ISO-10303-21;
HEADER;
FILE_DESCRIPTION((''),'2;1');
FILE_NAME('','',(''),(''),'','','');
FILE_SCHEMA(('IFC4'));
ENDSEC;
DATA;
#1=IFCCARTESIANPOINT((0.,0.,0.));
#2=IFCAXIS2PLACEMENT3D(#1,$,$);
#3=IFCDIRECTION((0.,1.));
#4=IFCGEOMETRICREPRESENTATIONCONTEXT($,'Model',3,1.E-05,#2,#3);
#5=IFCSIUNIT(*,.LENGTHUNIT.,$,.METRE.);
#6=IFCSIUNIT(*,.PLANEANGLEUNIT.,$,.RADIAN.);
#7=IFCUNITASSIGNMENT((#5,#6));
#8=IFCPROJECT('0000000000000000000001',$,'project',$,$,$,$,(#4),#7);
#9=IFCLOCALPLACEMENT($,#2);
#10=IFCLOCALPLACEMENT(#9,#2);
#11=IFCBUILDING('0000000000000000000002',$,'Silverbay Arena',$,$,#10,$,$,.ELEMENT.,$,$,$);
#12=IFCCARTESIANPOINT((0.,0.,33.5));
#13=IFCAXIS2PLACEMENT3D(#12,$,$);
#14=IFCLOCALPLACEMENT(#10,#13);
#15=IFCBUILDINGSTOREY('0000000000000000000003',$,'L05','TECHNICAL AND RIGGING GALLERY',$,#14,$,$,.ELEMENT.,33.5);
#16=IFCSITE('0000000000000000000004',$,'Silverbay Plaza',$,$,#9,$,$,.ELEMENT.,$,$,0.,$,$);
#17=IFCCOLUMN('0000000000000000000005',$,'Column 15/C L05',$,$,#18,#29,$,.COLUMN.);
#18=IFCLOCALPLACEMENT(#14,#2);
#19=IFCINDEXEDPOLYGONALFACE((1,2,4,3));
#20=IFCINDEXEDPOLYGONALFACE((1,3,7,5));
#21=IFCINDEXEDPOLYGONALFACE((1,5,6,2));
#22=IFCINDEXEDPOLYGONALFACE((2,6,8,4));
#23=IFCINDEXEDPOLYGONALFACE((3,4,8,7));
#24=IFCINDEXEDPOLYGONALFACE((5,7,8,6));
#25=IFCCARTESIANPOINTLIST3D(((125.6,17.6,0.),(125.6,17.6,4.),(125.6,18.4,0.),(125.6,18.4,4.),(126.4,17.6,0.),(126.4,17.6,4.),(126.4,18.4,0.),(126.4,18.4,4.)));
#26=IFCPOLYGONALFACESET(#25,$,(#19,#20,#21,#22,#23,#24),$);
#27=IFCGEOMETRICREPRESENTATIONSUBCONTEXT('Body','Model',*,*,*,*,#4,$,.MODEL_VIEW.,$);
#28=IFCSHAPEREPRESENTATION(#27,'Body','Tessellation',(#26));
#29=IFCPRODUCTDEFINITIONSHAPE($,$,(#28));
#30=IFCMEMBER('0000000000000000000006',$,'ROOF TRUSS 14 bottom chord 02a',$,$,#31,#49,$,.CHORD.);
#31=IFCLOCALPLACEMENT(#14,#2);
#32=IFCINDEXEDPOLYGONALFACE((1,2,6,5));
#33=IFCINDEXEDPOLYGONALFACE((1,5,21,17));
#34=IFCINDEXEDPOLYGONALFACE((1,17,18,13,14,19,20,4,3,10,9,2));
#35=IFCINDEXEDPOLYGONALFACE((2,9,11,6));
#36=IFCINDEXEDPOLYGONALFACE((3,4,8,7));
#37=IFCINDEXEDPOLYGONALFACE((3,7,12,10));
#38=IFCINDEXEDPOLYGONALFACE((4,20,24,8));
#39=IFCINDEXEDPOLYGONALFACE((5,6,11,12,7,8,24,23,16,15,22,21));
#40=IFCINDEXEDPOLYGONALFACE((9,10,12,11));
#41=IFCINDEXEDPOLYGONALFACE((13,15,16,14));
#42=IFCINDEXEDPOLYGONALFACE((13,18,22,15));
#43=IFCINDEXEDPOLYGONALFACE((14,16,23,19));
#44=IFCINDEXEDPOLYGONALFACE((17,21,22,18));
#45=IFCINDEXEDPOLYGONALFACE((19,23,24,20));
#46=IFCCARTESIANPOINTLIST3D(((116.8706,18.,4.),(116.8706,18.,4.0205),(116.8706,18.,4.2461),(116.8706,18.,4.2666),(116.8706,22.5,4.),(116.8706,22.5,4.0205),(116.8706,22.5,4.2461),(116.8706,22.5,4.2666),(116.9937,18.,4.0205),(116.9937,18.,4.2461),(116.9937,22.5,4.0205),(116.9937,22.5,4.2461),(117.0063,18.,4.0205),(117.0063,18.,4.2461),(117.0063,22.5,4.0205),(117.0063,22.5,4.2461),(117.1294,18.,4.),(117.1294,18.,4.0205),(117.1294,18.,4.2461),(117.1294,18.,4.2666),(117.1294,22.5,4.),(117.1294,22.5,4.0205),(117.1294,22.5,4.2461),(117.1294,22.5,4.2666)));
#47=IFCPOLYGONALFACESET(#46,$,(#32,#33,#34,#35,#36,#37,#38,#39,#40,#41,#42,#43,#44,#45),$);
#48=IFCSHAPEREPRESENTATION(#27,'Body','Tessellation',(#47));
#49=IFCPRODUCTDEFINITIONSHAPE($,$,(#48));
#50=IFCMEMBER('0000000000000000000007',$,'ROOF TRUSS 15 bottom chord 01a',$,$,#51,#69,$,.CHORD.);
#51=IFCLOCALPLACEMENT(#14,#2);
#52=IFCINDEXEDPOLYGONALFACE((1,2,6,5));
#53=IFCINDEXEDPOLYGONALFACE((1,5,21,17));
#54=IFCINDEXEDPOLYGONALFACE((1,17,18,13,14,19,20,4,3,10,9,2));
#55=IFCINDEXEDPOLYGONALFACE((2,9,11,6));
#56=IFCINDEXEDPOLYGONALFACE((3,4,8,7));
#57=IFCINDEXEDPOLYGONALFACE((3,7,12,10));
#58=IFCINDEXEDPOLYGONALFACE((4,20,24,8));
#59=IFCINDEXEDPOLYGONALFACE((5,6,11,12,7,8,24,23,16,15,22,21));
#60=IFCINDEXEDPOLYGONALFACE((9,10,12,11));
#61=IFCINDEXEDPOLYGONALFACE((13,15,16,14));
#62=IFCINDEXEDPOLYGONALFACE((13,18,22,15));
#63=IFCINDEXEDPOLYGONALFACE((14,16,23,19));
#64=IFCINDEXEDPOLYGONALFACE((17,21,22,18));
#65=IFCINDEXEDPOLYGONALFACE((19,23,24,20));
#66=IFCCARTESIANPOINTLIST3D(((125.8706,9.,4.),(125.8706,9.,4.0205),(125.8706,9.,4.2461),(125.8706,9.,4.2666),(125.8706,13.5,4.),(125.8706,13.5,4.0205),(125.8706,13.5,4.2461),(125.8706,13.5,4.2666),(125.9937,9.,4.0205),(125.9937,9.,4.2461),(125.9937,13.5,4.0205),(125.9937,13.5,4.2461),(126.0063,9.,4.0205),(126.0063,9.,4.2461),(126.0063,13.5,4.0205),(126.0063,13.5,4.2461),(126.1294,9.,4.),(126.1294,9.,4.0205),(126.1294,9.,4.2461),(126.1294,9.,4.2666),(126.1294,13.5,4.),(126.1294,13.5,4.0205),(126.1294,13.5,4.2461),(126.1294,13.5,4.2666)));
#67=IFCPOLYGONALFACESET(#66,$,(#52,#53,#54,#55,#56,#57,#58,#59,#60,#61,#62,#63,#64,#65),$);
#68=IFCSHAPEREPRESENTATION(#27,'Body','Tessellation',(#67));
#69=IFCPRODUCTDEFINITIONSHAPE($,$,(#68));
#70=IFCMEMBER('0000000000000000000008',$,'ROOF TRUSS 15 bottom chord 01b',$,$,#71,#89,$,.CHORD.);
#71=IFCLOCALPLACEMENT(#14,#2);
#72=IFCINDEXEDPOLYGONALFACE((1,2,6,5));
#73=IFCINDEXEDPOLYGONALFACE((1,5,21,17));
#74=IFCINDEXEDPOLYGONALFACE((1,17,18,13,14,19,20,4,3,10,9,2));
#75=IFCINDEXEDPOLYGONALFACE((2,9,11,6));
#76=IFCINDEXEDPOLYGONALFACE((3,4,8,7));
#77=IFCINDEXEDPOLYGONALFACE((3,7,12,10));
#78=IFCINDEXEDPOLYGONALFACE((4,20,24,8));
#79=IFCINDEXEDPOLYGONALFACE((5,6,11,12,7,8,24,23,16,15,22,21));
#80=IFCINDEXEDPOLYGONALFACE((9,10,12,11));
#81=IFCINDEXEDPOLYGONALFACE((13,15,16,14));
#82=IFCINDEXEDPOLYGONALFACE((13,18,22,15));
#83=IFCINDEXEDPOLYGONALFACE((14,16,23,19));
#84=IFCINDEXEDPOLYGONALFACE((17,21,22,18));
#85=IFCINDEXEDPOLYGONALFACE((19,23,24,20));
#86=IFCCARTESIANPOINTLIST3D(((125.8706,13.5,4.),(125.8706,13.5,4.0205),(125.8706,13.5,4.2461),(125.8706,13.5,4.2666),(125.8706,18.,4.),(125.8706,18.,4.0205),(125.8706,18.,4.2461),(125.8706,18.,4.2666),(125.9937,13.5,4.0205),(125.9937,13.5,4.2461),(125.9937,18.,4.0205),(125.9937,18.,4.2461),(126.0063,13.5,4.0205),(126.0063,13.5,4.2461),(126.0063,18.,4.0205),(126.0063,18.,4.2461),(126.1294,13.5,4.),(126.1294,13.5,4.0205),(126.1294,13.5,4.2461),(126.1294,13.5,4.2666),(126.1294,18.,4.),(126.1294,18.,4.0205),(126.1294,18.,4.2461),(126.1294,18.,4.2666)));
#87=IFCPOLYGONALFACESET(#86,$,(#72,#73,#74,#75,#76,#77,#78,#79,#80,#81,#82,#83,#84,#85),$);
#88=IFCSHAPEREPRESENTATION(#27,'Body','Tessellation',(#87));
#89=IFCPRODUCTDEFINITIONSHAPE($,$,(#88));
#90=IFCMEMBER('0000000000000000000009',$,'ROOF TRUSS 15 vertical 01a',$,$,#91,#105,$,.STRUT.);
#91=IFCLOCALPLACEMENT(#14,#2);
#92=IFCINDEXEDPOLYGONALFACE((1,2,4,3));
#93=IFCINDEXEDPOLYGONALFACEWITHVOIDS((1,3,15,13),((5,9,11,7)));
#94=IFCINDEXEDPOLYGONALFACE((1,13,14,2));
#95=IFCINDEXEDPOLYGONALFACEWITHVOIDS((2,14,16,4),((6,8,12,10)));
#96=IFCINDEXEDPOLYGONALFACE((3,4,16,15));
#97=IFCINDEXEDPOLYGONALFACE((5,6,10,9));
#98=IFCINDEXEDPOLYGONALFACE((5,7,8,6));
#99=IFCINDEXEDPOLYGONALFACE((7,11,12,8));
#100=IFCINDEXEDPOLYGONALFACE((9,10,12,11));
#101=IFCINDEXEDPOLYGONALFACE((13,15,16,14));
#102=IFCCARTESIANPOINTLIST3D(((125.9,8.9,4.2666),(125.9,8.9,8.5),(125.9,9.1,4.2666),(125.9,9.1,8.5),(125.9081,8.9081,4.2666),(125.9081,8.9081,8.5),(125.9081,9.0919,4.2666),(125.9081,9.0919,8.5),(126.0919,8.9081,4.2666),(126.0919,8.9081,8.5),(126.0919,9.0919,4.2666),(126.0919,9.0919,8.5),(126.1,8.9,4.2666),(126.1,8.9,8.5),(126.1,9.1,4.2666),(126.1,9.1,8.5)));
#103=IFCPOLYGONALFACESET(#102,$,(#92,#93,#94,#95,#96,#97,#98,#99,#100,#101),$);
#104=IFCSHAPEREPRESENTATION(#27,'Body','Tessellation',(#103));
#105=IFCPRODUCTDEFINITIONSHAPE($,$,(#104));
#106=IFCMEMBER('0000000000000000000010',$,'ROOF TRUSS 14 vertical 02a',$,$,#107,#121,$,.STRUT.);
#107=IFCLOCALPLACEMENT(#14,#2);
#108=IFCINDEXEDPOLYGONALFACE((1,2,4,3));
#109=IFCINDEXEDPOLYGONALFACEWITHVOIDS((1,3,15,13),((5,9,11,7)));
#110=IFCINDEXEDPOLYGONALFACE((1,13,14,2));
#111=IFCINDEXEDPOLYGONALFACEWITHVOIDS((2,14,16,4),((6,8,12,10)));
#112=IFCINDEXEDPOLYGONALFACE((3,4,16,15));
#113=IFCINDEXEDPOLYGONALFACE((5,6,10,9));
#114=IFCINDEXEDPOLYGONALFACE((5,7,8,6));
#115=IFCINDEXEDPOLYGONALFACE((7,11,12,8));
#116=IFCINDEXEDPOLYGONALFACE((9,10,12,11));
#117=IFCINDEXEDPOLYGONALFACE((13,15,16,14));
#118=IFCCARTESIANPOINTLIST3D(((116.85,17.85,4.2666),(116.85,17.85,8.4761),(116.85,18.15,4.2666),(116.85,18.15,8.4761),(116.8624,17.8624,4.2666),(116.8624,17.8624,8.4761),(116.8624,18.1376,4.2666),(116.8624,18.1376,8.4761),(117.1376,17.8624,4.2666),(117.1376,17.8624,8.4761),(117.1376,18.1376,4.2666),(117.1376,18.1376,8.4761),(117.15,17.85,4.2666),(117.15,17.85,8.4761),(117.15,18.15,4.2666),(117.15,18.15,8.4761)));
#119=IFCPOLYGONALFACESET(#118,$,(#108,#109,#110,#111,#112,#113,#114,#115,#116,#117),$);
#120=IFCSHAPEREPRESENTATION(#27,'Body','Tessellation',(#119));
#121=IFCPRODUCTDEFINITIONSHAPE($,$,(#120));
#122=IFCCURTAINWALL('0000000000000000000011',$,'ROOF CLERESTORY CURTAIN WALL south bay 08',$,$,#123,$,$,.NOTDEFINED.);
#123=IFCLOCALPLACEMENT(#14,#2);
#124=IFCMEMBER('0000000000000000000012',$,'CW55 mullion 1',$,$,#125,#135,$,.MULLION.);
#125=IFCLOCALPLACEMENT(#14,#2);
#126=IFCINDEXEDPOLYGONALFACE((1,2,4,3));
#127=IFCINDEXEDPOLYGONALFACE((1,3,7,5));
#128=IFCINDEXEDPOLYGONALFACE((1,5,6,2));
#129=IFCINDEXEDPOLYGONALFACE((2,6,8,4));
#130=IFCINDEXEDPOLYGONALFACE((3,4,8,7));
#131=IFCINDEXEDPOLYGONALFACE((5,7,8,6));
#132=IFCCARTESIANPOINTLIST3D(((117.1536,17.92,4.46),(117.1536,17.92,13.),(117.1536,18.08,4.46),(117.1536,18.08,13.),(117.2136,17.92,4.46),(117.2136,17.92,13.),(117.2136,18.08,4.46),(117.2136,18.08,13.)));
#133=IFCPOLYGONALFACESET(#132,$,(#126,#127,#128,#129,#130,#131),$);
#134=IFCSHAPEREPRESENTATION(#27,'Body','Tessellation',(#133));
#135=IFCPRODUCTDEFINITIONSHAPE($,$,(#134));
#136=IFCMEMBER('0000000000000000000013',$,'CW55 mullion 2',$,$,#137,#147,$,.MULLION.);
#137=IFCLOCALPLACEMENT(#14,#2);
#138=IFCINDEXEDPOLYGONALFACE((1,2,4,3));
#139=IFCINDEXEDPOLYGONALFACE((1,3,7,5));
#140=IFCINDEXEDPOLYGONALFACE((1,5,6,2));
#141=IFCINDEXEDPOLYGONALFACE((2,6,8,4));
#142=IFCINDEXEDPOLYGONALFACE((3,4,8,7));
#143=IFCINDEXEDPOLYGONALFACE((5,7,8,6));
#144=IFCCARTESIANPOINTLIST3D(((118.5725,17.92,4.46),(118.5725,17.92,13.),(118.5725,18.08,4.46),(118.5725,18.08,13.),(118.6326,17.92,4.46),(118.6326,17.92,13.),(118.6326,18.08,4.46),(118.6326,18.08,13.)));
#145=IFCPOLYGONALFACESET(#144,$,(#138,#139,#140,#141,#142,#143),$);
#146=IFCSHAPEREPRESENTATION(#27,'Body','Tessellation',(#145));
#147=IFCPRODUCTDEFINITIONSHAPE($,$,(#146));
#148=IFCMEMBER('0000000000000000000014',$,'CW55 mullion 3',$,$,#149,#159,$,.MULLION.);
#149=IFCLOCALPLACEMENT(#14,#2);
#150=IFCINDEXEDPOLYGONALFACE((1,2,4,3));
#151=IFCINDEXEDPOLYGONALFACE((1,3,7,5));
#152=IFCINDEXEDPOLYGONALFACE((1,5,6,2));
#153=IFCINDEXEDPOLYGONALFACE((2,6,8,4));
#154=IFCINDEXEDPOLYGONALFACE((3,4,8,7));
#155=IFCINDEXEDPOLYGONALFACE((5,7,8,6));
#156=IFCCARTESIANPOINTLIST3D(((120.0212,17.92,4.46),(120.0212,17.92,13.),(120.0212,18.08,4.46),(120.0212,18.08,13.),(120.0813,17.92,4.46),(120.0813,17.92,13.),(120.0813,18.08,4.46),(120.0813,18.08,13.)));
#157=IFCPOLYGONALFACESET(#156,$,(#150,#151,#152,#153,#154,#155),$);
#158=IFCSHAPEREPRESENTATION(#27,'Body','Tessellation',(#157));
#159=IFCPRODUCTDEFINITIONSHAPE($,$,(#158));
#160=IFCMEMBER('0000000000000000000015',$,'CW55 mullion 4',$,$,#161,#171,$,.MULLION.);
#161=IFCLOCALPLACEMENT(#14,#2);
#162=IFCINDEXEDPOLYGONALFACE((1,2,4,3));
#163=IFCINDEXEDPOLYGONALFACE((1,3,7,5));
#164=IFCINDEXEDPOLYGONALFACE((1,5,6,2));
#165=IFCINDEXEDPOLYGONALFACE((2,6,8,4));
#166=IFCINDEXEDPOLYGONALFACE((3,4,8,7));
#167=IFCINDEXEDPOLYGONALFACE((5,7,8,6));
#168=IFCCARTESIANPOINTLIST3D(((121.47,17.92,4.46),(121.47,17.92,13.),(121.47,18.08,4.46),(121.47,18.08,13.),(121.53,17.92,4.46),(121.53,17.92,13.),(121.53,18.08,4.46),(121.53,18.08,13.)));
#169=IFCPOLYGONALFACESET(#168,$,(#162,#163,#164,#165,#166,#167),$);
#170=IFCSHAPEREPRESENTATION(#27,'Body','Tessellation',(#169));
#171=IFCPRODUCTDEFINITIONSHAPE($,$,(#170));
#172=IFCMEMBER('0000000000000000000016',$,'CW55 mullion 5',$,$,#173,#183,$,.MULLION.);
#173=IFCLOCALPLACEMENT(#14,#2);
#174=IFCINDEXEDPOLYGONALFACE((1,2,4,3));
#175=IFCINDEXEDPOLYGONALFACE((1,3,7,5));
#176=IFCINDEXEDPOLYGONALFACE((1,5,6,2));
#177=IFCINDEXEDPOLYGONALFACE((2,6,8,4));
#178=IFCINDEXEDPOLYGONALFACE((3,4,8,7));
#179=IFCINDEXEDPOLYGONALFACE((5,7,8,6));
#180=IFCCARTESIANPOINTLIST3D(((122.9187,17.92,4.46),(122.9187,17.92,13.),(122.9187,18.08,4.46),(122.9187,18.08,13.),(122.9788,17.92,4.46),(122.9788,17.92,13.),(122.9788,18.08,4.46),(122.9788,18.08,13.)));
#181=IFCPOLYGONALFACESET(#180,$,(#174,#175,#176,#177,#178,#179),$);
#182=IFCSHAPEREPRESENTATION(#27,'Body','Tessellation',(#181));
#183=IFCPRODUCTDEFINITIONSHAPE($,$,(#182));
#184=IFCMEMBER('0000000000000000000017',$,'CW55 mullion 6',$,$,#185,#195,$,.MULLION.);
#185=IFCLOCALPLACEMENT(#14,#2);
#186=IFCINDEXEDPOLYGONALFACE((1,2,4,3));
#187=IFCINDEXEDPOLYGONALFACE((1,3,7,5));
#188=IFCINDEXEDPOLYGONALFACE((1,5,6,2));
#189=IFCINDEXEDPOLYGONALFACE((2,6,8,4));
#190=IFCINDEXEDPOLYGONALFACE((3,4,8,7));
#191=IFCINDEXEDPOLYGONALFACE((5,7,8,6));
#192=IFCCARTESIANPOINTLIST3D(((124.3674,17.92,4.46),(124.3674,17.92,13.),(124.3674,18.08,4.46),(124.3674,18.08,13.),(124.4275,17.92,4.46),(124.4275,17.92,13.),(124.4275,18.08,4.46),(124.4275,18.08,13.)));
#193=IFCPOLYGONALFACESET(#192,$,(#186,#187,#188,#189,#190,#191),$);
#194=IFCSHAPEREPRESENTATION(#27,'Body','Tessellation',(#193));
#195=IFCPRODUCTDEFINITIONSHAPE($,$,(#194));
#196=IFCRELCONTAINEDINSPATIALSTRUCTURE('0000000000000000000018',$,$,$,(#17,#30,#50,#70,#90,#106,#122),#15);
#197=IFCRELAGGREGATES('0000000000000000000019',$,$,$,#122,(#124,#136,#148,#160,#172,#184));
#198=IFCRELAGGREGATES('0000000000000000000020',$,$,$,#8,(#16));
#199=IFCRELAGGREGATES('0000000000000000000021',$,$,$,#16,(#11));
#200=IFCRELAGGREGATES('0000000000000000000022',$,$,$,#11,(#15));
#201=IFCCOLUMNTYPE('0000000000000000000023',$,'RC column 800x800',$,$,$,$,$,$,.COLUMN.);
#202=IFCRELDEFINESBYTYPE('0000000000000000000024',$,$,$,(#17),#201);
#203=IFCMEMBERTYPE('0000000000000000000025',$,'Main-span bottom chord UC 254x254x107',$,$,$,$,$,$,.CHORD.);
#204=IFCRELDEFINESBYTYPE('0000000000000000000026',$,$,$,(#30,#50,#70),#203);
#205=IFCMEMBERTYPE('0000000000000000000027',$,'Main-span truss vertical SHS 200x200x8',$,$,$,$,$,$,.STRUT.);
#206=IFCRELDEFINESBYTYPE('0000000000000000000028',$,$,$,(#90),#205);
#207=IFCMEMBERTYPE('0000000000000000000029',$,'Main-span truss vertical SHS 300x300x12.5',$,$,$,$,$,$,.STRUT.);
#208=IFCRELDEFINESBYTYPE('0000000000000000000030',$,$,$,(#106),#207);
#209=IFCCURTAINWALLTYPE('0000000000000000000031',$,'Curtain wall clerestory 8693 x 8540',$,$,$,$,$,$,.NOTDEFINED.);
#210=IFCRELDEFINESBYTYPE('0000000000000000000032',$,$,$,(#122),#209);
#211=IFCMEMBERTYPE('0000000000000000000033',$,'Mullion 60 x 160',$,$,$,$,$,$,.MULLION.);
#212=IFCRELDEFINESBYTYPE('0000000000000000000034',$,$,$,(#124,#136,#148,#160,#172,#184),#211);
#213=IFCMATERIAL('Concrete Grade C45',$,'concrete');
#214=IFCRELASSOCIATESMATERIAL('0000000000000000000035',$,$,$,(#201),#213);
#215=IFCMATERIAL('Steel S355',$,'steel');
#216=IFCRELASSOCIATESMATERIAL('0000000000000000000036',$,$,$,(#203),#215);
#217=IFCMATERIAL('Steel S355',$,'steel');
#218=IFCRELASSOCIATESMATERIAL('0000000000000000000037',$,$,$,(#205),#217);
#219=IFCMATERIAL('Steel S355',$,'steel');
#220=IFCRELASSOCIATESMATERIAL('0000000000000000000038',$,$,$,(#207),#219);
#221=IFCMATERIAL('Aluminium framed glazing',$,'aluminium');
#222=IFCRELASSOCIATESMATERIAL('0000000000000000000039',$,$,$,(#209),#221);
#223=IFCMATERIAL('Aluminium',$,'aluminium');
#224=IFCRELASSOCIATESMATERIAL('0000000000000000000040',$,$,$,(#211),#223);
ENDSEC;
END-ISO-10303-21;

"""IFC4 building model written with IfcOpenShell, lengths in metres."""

from ifc_helpers import new_model, si_unit, direction, frame, origin, origin_2d, place, context, subcontext, project, spatial, rectangle, hollow_rectangle, i_section, extrude, material, material_profile, profile_set, type_object, element, aggregate, save


model = new_model("IFC4")

# Units and contexts
model_context = context("Model", 3, precision=1e-05, world=origin(), true_north=direction((0.0, 1.0)))
body_context = subcontext(model_context, "Body", "Model", "MODEL_VIEW")
ifc_project = project(units=[si_unit("LENGTHUNIT", "METRE"), si_unit("PLANEANGLEUNIT", "RADIAN")], contexts=[model_context])

# Site, building, storey
site_placement = place(None, origin())
site = spatial("IfcSite", under=ifc_project, at=site_placement, Name="Silverbay Plaza", CompositionType="ELEMENT", RefElevation=0.0)
building_placement = place(site_placement, origin())
building = spatial("IfcBuilding", under=site, at=building_placement, Name="Silverbay Arena", CompositionType="ELEMENT")
storey_placement = place(building_placement, frame((0.0, 0.0, 33.5)))
storey = spatial("IfcBuildingStorey", under=building, at=storey_placement, Name="L05", Description="TECHNICAL AND RIGGING GALLERY", CompositionType="ELEMENT", Elevation=33.5)

# Column
ifc_material_1 = material(Name="Concrete Grade C45", Category="concrete")
ifc_material_profile_1 = material_profile(ifc_material_1, rectangle(XDim=0.8, YDim=0.8, at=origin_2d()), Name="RC 800x800")
ifc_profile_set_1 = profile_set([ifc_material_profile_1], Name="Concrete Grade C45")
column_type = type_object("IfcColumnType", Name="RC column 800x800", PredefinedType="COLUMN", material=ifc_profile_set_1)
column_placement = place(storey_placement, frame((126.0, 18.0, 0.0), z_axis=(0.0, 0.0, 1.0), x_axis=(1.0, 0.0, 0.0)))
element("IfcColumn", 1, at=column_placement, inside=storey, type_object=column_type, Name="Column 15/C L05", PredefinedType="COLUMN", context=body_context, shape_type="SweptSolid", body=[
    extrude(rectangle(XDim=0.8, YDim=0.8, at=origin_2d()), origin(), (0.0, 0.0, 1.0), 4.0),
])

# Members
ifc_material_2 = material(Name="Steel S355", Category="steel")
ifc_material_profile_2 = material_profile(ifc_material_2, i_section(OverallWidth=0.2588, OverallDepth=0.2666, WebThickness=0.0127, FlangeThickness=0.0205, at=origin_2d()), Name="UC 254x254x107")
ifc_profile_set_2 = profile_set([ifc_material_profile_2], Name="Steel S355")
member_type_1 = type_object("IfcMemberType", Name="Main-span bottom chord UC 254x254x107", PredefinedType="CHORD", material=ifc_profile_set_2)
for number, where, z_axis, x_axis, name in (
    (2, (117.0, 18.0, 4.1333), (0.0, 1.0, 0.0), (-1.0, 0.0, 0.0), "ROOF TRUSS 14 bottom chord 02a"),
    (3, (126.0, 9.0, 4.1333), (0.0, 1.0, 0.0), (-1.0, 0.0, 0.0), "ROOF TRUSS 15 bottom chord 01a"),
    (4, (126.0, 13.5, 4.1333), (0.0, 1.0, 0.0), (-1.0, 0.0, 0.0), "ROOF TRUSS 15 bottom chord 01b"),
):
    element("IfcMember", number, at=place(storey_placement, frame(where, z_axis=z_axis, x_axis=x_axis)), inside=storey, type_object=member_type_1, Name=name, PredefinedType="CHORD", context=body_context, shape_type="SweptSolid", body=[
        extrude(i_section(OverallWidth=0.2588, OverallDepth=0.2666, WebThickness=0.0127, FlangeThickness=0.0205, at=origin_2d()), origin(), (0.0, 0.0, 1.0), 4.5),
    ])
ifc_material_3 = material(Name="Steel S355", Category="steel")
ifc_material_profile_3 = material_profile(ifc_material_3, hollow_rectangle(XDim=0.2, YDim=0.2, WallThickness=0.0081, at=origin_2d()), Name="SHS 200x200x8")
ifc_profile_set_3 = profile_set([ifc_material_profile_3], Name="Steel S355")
member_type_2 = type_object("IfcMemberType", Name="Main-span truss vertical SHS 200x200x8", PredefinedType="STRUT", material=ifc_profile_set_3)
member_1_placement = place(storey_placement, frame((126.0, 9.0, 4.2666), z_axis=(0.0, 0.0, 1.0), x_axis=(1.0, 0.0, 0.0)))
element("IfcMember", 5, at=member_1_placement, inside=storey, type_object=member_type_2, Name="ROOF TRUSS 15 vertical 01a", PredefinedType="STRUT", context=body_context, shape_type="SweptSolid", body=[
    extrude(hollow_rectangle(XDim=0.2, YDim=0.2, WallThickness=0.0081, at=origin_2d()), origin(), (0.0, 0.0, 1.0), 4.2334),
])
ifc_material_4 = material(Name="Steel S355", Category="steel")
ifc_material_profile_4 = material_profile(ifc_material_4, hollow_rectangle(XDim=0.3, YDim=0.3, WallThickness=0.0125, at=origin_2d()), Name="SHS 300x300x12.5")
ifc_profile_set_4 = profile_set([ifc_material_profile_4], Name="Steel S355")
member_type_3 = type_object("IfcMemberType", Name="Main-span truss vertical SHS 300x300x12.5", PredefinedType="STRUT", material=ifc_profile_set_4)
member_2_placement = place(storey_placement, frame((117.0, 18.0, 4.2666), z_axis=(0.0, 0.0, 1.0), x_axis=(1.0, 0.0, 0.0)))
element("IfcMember", 6, at=member_2_placement, inside=storey, type_object=member_type_3, Name="ROOF TRUSS 14 vertical 02a", PredefinedType="STRUT", context=body_context, shape_type="SweptSolid", body=[
    extrude(hollow_rectangle(XDim=0.3, YDim=0.3, WallThickness=0.0125, at=origin_2d()), origin(), (0.0, 0.0, 1.0), 4.2095),
])

# Curtain wall, members
ifc_material_5 = material(Name="Aluminium framed glazing", Category="aluminium")
curtain_wall_type = type_object("IfcCurtainWallType", Name="Curtain wall clerestory 8693 x 8540", PredefinedType="NOTDEFINED", material=ifc_material_5)
curtain_wall_placement = place(storey_placement, origin())
curtain_wall = element("IfcCurtainWall", 7, at=curtain_wall_placement, inside=storey, type_object=curtain_wall_type, Name="ROOF CLERESTORY CURTAIN WALL south bay 08", PredefinedType="NOTDEFINED")
ifc_material_6 = material(Name="Aluminium", Category="aluminium")
ifc_material_profile_5 = material_profile(ifc_material_6, rectangle(XDim=0.1599, YDim=0.0601, at=origin_2d()), Name="Mullion 60 x 160")
ifc_profile_set_5 = profile_set([ifc_material_profile_5], Name="Aluminium")
member_type_4 = type_object("IfcMemberType", Name="Mullion 60 x 160", PredefinedType="MULLION", material=ifc_profile_set_5)
member_3_placement = place(storey_placement, frame((117.1836, 18.0, 4.46), z_axis=(0.0, 0.0, 1.0), x_axis=(0.0, 1.0, 0.0)))
member_3 = element("IfcMember", 8, at=member_3_placement, type_object=member_type_4, Name="CW55 mullion 1", PredefinedType="MULLION", context=body_context, shape_type="SweptSolid", body=[
    extrude(rectangle(XDim=0.1599, YDim=0.0601, at=origin_2d()), origin(), (0.0, 0.0, 1.0), 8.54),
])
member_4_placement = place(storey_placement, frame((118.6025, 18.0, 4.46), z_axis=(0.0, 0.0, 1.0), x_axis=(0.0, 1.0, 0.0)))
member_4 = element("IfcMember", 9, at=member_4_placement, type_object=member_type_4, Name="CW55 mullion 2", PredefinedType="MULLION", context=body_context, shape_type="SweptSolid", body=[
    extrude(rectangle(XDim=0.1599, YDim=0.0601, at=origin_2d()), origin(), (0.0, 0.0, 1.0), 8.54),
])
member_5_placement = place(storey_placement, frame((120.0513, 18.0, 4.46), z_axis=(0.0, 0.0, 1.0), x_axis=(0.0, 1.0, 0.0)))
member_5 = element("IfcMember", 10, at=member_5_placement, type_object=member_type_4, Name="CW55 mullion 3", PredefinedType="MULLION", context=body_context, shape_type="SweptSolid", body=[
    extrude(rectangle(XDim=0.1599, YDim=0.0601, at=origin_2d()), origin(), (0.0, 0.0, 1.0), 8.54),
])
member_6_placement = place(storey_placement, frame((121.5, 18.0, 4.46), z_axis=(0.0, 0.0, 1.0), x_axis=(0.0, 1.0, 0.0)))
member_6 = element("IfcMember", 11, at=member_6_placement, type_object=member_type_4, Name="CW55 mullion 4", PredefinedType="MULLION", context=body_context, shape_type="SweptSolid", body=[
    extrude(rectangle(XDim=0.1599, YDim=0.0601, at=origin_2d()), origin(), (0.0, 0.0, 1.0), 8.54),
])
member_7_placement = place(storey_placement, frame((122.9487, 18.0, 4.46), z_axis=(0.0, 0.0, 1.0), x_axis=(0.0, 1.0, 0.0)))
member_7 = element("IfcMember", 12, at=member_7_placement, type_object=member_type_4, Name="CW55 mullion 5", PredefinedType="MULLION", context=body_context, shape_type="SweptSolid", body=[
    extrude(rectangle(XDim=0.1599, YDim=0.0601, at=origin_2d()), origin(), (0.0, 0.0, 1.0), 8.54),
])
member_8_placement = place(storey_placement, frame((124.3975, 18.0, 4.46), z_axis=(0.0, 0.0, 1.0), x_axis=(0.0, 1.0, 0.0)))
member_8 = element("IfcMember", 13, at=member_8_placement, type_object=member_type_4, Name="CW55 mullion 6", PredefinedType="MULLION", context=body_context, shape_type="SweptSolid", body=[
    extrude(rectangle(XDim=0.1599, YDim=0.0601, at=origin_2d()), origin(), (0.0, 0.0, 1.0), 8.54),
])

aggregate(curtain_wall, [member_3, member_4, member_5, member_6, member_7, member_8])

save(model, "model.ifc")
